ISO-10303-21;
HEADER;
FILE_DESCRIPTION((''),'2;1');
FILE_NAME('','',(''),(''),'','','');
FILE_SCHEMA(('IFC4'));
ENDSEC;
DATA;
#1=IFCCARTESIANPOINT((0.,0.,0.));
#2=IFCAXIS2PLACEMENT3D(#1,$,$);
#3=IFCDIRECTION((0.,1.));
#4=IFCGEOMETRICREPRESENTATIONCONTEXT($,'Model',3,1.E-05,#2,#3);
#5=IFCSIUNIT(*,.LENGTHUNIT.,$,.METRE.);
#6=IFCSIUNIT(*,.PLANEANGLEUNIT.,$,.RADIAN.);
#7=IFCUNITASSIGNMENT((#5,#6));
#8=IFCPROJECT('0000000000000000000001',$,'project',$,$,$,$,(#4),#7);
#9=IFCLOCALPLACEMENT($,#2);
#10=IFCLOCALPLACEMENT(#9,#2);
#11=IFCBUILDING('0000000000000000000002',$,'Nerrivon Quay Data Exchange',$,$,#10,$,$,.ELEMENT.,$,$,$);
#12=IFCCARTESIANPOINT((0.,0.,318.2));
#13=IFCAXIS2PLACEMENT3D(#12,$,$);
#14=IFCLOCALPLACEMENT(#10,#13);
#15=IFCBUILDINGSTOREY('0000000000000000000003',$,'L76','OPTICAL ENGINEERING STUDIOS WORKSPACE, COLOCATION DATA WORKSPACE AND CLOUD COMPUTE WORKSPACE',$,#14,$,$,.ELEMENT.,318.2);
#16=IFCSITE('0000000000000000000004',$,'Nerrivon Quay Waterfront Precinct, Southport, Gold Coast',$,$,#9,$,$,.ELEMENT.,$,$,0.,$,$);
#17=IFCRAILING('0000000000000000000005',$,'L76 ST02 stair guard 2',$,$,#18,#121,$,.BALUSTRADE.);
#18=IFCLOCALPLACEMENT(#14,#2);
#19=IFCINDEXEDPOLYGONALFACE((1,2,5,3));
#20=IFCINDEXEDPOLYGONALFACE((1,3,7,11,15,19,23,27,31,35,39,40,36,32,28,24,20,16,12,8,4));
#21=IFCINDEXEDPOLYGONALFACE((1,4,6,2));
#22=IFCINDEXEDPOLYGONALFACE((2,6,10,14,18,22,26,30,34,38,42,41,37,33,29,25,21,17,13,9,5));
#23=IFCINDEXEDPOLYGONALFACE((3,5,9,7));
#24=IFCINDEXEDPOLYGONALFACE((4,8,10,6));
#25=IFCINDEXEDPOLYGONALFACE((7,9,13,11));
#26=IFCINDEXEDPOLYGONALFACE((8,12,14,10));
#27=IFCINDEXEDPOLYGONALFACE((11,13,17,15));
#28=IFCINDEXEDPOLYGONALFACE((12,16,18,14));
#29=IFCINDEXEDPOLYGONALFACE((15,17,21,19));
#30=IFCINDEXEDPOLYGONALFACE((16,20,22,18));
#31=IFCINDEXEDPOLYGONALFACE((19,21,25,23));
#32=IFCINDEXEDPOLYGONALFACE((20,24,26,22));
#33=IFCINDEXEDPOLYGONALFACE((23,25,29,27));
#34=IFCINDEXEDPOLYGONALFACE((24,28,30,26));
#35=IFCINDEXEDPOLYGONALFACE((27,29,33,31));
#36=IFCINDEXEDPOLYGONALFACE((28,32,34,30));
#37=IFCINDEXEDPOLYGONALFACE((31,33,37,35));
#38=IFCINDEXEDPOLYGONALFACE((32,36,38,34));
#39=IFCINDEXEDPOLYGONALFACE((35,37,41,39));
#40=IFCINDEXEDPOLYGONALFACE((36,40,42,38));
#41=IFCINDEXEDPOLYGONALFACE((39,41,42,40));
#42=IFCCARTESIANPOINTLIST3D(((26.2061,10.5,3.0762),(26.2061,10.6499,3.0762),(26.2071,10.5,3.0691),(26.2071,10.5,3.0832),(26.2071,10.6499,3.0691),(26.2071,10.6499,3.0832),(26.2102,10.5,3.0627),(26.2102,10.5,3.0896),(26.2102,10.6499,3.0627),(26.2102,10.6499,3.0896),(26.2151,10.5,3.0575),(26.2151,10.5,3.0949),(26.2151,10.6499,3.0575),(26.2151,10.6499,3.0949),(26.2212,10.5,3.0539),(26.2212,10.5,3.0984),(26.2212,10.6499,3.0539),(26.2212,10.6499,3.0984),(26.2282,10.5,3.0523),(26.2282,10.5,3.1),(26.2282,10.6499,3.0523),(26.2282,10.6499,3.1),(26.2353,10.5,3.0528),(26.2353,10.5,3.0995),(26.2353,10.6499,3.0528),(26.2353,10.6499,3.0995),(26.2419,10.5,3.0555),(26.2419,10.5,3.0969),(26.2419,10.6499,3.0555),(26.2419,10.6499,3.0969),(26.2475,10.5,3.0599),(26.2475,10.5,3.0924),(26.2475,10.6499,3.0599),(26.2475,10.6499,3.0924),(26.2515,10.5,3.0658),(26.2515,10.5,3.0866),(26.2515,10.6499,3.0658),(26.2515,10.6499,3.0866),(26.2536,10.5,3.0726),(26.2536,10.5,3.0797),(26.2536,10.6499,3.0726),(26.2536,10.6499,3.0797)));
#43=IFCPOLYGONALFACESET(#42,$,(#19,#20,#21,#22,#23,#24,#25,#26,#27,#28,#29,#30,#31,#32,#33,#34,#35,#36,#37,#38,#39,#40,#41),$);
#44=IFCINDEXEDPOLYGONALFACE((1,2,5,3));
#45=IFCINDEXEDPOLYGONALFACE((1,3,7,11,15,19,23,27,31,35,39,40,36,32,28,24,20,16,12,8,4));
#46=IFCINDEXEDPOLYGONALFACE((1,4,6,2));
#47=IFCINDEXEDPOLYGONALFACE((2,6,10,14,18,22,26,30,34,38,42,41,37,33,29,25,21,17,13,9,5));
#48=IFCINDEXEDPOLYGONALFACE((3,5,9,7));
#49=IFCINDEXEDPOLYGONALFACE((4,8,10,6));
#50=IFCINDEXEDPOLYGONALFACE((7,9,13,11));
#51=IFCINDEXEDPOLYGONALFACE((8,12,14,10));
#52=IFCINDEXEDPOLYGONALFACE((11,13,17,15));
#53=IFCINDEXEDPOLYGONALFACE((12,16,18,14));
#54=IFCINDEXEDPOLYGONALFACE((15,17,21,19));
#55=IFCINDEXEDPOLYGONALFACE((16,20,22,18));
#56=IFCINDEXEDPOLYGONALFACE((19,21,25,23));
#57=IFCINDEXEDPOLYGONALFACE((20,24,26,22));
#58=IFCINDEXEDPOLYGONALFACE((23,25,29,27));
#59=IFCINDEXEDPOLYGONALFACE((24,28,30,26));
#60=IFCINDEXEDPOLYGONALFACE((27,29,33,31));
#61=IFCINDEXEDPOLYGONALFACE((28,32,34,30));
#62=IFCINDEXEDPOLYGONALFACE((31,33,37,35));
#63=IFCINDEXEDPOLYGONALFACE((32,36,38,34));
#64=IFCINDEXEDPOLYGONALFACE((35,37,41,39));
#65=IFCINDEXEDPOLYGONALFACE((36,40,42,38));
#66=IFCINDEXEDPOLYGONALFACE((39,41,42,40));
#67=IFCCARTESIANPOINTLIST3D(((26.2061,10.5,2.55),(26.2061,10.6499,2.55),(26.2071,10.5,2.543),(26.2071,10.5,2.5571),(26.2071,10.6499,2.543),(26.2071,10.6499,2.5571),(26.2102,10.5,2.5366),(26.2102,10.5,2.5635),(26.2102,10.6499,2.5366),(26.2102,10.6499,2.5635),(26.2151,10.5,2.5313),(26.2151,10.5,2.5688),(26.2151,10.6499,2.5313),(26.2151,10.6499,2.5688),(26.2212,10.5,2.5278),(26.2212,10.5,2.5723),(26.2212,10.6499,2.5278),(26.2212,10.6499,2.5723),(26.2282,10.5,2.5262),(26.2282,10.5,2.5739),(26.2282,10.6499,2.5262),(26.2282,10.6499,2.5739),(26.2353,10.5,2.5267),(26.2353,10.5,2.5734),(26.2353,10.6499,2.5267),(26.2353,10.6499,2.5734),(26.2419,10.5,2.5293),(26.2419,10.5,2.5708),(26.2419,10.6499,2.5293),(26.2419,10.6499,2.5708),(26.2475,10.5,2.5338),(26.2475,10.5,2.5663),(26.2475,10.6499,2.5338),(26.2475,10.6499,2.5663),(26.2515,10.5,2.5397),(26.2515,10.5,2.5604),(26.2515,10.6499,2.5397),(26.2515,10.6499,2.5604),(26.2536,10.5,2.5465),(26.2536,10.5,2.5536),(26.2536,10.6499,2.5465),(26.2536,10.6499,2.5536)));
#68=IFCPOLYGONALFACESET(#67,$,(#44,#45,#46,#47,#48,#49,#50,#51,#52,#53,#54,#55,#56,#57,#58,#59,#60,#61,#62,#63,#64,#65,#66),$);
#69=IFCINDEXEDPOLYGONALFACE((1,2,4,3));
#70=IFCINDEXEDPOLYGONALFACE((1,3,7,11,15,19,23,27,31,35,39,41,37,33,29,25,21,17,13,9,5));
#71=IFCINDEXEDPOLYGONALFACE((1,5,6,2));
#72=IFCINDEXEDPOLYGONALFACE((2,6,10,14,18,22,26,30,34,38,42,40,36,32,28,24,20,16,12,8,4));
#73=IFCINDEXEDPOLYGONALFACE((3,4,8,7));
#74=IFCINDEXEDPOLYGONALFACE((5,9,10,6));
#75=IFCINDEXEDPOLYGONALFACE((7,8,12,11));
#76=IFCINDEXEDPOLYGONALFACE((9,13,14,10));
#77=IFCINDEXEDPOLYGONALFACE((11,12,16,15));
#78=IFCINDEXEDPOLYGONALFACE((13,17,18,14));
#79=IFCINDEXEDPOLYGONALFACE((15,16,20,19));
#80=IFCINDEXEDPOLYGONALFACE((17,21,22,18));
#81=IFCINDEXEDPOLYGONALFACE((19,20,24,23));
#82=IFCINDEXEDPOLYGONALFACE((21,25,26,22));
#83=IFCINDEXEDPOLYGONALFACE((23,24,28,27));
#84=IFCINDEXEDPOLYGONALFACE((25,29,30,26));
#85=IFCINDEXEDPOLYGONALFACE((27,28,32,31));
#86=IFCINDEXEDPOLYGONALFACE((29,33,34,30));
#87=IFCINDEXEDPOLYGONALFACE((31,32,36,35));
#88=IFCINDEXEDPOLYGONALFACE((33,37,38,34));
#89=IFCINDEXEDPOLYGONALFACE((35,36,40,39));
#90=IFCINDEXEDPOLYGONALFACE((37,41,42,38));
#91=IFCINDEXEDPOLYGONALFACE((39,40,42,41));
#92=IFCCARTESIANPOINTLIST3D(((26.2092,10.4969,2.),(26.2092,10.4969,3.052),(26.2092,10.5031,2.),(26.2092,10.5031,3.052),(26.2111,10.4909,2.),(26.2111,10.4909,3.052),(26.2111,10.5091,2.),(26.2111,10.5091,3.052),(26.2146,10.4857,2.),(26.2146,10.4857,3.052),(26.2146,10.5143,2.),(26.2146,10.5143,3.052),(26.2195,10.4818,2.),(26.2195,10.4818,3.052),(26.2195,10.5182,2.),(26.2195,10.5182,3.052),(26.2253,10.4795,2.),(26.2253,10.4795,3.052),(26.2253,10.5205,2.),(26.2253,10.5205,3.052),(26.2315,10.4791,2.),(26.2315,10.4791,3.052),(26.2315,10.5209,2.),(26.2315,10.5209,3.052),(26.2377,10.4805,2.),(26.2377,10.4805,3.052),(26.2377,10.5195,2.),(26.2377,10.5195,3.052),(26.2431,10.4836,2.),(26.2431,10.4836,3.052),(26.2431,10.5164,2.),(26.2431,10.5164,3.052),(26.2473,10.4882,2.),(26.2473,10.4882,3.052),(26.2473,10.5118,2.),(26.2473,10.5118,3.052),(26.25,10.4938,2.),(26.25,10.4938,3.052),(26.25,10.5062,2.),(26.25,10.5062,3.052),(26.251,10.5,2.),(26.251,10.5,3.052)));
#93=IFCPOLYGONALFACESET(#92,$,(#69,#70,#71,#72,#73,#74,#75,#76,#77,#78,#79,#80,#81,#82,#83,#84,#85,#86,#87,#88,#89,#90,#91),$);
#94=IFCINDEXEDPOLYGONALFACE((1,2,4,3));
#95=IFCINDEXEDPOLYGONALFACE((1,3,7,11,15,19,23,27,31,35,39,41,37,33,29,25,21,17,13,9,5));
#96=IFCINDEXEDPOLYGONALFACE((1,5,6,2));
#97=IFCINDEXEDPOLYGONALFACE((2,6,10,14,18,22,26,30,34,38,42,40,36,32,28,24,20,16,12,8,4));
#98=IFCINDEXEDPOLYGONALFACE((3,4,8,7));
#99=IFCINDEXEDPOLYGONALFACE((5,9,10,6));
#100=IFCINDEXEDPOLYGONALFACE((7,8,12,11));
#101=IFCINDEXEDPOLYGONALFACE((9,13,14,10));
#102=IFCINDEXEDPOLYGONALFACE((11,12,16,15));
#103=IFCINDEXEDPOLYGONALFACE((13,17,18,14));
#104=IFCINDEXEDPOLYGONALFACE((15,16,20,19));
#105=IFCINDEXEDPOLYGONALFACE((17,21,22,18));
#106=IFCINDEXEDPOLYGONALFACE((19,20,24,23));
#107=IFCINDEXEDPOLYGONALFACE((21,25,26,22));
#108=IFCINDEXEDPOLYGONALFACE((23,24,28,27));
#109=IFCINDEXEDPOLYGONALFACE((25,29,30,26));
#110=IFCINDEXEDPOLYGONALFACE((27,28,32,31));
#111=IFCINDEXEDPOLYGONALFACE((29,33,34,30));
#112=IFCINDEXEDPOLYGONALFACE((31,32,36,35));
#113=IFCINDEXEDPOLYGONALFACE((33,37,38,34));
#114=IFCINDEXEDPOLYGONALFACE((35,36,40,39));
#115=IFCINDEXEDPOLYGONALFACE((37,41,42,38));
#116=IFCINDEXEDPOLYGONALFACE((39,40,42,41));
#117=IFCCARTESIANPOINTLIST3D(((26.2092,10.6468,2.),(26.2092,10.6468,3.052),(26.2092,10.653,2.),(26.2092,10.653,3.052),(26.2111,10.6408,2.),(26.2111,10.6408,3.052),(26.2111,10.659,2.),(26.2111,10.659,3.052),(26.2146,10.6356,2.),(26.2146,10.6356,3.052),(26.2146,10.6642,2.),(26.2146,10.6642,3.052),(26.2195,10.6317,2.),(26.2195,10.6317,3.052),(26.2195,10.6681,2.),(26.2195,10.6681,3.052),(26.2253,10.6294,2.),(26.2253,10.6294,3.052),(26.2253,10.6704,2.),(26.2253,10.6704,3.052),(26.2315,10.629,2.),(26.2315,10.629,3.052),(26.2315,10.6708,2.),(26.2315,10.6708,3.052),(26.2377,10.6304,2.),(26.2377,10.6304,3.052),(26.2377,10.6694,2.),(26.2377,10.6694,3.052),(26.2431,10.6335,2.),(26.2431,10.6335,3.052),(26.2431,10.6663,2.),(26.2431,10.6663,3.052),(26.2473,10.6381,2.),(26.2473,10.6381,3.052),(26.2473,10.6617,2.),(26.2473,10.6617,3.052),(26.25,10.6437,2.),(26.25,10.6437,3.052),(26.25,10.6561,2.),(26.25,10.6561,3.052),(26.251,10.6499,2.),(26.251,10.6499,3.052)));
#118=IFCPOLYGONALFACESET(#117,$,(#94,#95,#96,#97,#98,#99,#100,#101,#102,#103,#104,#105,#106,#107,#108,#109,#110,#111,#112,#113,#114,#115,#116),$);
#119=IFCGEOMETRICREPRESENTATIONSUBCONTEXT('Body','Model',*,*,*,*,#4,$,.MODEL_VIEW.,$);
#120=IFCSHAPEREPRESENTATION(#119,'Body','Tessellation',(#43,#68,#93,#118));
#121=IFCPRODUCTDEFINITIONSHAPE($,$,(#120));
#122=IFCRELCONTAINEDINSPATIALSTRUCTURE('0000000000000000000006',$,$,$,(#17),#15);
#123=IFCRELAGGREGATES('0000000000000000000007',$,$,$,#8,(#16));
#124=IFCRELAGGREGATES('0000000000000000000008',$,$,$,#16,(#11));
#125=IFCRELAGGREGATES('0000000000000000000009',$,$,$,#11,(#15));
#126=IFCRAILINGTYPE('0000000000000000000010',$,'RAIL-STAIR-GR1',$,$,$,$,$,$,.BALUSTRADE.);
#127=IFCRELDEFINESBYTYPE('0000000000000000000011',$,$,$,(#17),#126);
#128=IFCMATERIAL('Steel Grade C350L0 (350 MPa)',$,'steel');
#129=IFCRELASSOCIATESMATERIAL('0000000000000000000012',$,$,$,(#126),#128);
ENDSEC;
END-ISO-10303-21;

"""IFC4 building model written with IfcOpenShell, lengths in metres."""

from ifc_helpers import new_model, si_unit, direction, frame, origin, origin_2d, place, context, subcontext, project, spatial, circle, extrude, material, type_object, element, save


model = new_model("IFC4")

# Units and contexts
model_context = context("Model", 3, precision=1e-05, world=origin(), true_north=direction((0.0, 1.0)))
body_context = subcontext(model_context, "Body", "Model", "MODEL_VIEW")
ifc_project = project(units=[si_unit("LENGTHUNIT", "METRE"), si_unit("PLANEANGLEUNIT", "RADIAN")], contexts=[model_context])

# Site, building, storey
site_placement = place(None, origin())
site = spatial("IfcSite", under=ifc_project, at=site_placement, Name="Nerrivon Quay Waterfront Precinct, Southport, Gold Coast", CompositionType="ELEMENT", RefElevation=0.0)
building_placement = place(site_placement, origin())
building = spatial("IfcBuilding", under=site, at=building_placement, Name="Nerrivon Quay Data Exchange", CompositionType="ELEMENT")
storey_placement = place(building_placement, frame((0.0, 0.0, 318.2)))
storey = spatial("IfcBuildingStorey", under=building, at=storey_placement, Name="L76", Description="OPTICAL ENGINEERING STUDIOS WORKSPACE, COLOCATION DATA WORKSPACE AND CLOUD COMPUTE WORKSPACE", CompositionType="ELEMENT", Elevation=318.2)

# Shared definitions
ifc_material_1 = material(Name="Steel Grade C350L0 (350 MPa)", Category="steel")

# Railing
railing_type_1 = type_object("IfcRailingType", Name="RAIL-STAIR-GR1", PredefinedType="BALUSTRADE", material=ifc_material_1)
railing_1_placement = place(storey_placement, frame((26.23, 10.5, 2.0)))
element("IfcRailing", 1, at=railing_1_placement, inside=storey, type_object=railing_type_1, Name="L76 ST02 stair guard 2", PredefinedType="BALUSTRADE", context=body_context, shape_type="SweptSolid", body=[
    extrude(circle(Radius=0.0239, at=origin_2d()), frame((0.0, 0.0, 1.0762), z_axis=(0.0, 1.0, 0.0), x_axis=(-1.0, 0.0, 0.0)), (0.0, 0.0, 1.0), 0.1499),
    extrude(circle(Radius=0.0239, at=origin_2d()), frame((0.0, 0.0, 0.55), z_axis=(0.0, 1.0, 0.0), x_axis=(-1.0, 0.0, 0.0)), (0.0, 0.0, 1.0), 0.1499),
    extrude(circle(Radius=0.021, at=origin_2d()), origin(), (0.0, 0.0, 1.0), 1.052),
    extrude(circle(Radius=0.021, at=origin_2d()), frame((0.0, 0.1499, 0.0)), (0.0, 0.0, 1.0), 1.052),
])

save(model, "model.ifc")
